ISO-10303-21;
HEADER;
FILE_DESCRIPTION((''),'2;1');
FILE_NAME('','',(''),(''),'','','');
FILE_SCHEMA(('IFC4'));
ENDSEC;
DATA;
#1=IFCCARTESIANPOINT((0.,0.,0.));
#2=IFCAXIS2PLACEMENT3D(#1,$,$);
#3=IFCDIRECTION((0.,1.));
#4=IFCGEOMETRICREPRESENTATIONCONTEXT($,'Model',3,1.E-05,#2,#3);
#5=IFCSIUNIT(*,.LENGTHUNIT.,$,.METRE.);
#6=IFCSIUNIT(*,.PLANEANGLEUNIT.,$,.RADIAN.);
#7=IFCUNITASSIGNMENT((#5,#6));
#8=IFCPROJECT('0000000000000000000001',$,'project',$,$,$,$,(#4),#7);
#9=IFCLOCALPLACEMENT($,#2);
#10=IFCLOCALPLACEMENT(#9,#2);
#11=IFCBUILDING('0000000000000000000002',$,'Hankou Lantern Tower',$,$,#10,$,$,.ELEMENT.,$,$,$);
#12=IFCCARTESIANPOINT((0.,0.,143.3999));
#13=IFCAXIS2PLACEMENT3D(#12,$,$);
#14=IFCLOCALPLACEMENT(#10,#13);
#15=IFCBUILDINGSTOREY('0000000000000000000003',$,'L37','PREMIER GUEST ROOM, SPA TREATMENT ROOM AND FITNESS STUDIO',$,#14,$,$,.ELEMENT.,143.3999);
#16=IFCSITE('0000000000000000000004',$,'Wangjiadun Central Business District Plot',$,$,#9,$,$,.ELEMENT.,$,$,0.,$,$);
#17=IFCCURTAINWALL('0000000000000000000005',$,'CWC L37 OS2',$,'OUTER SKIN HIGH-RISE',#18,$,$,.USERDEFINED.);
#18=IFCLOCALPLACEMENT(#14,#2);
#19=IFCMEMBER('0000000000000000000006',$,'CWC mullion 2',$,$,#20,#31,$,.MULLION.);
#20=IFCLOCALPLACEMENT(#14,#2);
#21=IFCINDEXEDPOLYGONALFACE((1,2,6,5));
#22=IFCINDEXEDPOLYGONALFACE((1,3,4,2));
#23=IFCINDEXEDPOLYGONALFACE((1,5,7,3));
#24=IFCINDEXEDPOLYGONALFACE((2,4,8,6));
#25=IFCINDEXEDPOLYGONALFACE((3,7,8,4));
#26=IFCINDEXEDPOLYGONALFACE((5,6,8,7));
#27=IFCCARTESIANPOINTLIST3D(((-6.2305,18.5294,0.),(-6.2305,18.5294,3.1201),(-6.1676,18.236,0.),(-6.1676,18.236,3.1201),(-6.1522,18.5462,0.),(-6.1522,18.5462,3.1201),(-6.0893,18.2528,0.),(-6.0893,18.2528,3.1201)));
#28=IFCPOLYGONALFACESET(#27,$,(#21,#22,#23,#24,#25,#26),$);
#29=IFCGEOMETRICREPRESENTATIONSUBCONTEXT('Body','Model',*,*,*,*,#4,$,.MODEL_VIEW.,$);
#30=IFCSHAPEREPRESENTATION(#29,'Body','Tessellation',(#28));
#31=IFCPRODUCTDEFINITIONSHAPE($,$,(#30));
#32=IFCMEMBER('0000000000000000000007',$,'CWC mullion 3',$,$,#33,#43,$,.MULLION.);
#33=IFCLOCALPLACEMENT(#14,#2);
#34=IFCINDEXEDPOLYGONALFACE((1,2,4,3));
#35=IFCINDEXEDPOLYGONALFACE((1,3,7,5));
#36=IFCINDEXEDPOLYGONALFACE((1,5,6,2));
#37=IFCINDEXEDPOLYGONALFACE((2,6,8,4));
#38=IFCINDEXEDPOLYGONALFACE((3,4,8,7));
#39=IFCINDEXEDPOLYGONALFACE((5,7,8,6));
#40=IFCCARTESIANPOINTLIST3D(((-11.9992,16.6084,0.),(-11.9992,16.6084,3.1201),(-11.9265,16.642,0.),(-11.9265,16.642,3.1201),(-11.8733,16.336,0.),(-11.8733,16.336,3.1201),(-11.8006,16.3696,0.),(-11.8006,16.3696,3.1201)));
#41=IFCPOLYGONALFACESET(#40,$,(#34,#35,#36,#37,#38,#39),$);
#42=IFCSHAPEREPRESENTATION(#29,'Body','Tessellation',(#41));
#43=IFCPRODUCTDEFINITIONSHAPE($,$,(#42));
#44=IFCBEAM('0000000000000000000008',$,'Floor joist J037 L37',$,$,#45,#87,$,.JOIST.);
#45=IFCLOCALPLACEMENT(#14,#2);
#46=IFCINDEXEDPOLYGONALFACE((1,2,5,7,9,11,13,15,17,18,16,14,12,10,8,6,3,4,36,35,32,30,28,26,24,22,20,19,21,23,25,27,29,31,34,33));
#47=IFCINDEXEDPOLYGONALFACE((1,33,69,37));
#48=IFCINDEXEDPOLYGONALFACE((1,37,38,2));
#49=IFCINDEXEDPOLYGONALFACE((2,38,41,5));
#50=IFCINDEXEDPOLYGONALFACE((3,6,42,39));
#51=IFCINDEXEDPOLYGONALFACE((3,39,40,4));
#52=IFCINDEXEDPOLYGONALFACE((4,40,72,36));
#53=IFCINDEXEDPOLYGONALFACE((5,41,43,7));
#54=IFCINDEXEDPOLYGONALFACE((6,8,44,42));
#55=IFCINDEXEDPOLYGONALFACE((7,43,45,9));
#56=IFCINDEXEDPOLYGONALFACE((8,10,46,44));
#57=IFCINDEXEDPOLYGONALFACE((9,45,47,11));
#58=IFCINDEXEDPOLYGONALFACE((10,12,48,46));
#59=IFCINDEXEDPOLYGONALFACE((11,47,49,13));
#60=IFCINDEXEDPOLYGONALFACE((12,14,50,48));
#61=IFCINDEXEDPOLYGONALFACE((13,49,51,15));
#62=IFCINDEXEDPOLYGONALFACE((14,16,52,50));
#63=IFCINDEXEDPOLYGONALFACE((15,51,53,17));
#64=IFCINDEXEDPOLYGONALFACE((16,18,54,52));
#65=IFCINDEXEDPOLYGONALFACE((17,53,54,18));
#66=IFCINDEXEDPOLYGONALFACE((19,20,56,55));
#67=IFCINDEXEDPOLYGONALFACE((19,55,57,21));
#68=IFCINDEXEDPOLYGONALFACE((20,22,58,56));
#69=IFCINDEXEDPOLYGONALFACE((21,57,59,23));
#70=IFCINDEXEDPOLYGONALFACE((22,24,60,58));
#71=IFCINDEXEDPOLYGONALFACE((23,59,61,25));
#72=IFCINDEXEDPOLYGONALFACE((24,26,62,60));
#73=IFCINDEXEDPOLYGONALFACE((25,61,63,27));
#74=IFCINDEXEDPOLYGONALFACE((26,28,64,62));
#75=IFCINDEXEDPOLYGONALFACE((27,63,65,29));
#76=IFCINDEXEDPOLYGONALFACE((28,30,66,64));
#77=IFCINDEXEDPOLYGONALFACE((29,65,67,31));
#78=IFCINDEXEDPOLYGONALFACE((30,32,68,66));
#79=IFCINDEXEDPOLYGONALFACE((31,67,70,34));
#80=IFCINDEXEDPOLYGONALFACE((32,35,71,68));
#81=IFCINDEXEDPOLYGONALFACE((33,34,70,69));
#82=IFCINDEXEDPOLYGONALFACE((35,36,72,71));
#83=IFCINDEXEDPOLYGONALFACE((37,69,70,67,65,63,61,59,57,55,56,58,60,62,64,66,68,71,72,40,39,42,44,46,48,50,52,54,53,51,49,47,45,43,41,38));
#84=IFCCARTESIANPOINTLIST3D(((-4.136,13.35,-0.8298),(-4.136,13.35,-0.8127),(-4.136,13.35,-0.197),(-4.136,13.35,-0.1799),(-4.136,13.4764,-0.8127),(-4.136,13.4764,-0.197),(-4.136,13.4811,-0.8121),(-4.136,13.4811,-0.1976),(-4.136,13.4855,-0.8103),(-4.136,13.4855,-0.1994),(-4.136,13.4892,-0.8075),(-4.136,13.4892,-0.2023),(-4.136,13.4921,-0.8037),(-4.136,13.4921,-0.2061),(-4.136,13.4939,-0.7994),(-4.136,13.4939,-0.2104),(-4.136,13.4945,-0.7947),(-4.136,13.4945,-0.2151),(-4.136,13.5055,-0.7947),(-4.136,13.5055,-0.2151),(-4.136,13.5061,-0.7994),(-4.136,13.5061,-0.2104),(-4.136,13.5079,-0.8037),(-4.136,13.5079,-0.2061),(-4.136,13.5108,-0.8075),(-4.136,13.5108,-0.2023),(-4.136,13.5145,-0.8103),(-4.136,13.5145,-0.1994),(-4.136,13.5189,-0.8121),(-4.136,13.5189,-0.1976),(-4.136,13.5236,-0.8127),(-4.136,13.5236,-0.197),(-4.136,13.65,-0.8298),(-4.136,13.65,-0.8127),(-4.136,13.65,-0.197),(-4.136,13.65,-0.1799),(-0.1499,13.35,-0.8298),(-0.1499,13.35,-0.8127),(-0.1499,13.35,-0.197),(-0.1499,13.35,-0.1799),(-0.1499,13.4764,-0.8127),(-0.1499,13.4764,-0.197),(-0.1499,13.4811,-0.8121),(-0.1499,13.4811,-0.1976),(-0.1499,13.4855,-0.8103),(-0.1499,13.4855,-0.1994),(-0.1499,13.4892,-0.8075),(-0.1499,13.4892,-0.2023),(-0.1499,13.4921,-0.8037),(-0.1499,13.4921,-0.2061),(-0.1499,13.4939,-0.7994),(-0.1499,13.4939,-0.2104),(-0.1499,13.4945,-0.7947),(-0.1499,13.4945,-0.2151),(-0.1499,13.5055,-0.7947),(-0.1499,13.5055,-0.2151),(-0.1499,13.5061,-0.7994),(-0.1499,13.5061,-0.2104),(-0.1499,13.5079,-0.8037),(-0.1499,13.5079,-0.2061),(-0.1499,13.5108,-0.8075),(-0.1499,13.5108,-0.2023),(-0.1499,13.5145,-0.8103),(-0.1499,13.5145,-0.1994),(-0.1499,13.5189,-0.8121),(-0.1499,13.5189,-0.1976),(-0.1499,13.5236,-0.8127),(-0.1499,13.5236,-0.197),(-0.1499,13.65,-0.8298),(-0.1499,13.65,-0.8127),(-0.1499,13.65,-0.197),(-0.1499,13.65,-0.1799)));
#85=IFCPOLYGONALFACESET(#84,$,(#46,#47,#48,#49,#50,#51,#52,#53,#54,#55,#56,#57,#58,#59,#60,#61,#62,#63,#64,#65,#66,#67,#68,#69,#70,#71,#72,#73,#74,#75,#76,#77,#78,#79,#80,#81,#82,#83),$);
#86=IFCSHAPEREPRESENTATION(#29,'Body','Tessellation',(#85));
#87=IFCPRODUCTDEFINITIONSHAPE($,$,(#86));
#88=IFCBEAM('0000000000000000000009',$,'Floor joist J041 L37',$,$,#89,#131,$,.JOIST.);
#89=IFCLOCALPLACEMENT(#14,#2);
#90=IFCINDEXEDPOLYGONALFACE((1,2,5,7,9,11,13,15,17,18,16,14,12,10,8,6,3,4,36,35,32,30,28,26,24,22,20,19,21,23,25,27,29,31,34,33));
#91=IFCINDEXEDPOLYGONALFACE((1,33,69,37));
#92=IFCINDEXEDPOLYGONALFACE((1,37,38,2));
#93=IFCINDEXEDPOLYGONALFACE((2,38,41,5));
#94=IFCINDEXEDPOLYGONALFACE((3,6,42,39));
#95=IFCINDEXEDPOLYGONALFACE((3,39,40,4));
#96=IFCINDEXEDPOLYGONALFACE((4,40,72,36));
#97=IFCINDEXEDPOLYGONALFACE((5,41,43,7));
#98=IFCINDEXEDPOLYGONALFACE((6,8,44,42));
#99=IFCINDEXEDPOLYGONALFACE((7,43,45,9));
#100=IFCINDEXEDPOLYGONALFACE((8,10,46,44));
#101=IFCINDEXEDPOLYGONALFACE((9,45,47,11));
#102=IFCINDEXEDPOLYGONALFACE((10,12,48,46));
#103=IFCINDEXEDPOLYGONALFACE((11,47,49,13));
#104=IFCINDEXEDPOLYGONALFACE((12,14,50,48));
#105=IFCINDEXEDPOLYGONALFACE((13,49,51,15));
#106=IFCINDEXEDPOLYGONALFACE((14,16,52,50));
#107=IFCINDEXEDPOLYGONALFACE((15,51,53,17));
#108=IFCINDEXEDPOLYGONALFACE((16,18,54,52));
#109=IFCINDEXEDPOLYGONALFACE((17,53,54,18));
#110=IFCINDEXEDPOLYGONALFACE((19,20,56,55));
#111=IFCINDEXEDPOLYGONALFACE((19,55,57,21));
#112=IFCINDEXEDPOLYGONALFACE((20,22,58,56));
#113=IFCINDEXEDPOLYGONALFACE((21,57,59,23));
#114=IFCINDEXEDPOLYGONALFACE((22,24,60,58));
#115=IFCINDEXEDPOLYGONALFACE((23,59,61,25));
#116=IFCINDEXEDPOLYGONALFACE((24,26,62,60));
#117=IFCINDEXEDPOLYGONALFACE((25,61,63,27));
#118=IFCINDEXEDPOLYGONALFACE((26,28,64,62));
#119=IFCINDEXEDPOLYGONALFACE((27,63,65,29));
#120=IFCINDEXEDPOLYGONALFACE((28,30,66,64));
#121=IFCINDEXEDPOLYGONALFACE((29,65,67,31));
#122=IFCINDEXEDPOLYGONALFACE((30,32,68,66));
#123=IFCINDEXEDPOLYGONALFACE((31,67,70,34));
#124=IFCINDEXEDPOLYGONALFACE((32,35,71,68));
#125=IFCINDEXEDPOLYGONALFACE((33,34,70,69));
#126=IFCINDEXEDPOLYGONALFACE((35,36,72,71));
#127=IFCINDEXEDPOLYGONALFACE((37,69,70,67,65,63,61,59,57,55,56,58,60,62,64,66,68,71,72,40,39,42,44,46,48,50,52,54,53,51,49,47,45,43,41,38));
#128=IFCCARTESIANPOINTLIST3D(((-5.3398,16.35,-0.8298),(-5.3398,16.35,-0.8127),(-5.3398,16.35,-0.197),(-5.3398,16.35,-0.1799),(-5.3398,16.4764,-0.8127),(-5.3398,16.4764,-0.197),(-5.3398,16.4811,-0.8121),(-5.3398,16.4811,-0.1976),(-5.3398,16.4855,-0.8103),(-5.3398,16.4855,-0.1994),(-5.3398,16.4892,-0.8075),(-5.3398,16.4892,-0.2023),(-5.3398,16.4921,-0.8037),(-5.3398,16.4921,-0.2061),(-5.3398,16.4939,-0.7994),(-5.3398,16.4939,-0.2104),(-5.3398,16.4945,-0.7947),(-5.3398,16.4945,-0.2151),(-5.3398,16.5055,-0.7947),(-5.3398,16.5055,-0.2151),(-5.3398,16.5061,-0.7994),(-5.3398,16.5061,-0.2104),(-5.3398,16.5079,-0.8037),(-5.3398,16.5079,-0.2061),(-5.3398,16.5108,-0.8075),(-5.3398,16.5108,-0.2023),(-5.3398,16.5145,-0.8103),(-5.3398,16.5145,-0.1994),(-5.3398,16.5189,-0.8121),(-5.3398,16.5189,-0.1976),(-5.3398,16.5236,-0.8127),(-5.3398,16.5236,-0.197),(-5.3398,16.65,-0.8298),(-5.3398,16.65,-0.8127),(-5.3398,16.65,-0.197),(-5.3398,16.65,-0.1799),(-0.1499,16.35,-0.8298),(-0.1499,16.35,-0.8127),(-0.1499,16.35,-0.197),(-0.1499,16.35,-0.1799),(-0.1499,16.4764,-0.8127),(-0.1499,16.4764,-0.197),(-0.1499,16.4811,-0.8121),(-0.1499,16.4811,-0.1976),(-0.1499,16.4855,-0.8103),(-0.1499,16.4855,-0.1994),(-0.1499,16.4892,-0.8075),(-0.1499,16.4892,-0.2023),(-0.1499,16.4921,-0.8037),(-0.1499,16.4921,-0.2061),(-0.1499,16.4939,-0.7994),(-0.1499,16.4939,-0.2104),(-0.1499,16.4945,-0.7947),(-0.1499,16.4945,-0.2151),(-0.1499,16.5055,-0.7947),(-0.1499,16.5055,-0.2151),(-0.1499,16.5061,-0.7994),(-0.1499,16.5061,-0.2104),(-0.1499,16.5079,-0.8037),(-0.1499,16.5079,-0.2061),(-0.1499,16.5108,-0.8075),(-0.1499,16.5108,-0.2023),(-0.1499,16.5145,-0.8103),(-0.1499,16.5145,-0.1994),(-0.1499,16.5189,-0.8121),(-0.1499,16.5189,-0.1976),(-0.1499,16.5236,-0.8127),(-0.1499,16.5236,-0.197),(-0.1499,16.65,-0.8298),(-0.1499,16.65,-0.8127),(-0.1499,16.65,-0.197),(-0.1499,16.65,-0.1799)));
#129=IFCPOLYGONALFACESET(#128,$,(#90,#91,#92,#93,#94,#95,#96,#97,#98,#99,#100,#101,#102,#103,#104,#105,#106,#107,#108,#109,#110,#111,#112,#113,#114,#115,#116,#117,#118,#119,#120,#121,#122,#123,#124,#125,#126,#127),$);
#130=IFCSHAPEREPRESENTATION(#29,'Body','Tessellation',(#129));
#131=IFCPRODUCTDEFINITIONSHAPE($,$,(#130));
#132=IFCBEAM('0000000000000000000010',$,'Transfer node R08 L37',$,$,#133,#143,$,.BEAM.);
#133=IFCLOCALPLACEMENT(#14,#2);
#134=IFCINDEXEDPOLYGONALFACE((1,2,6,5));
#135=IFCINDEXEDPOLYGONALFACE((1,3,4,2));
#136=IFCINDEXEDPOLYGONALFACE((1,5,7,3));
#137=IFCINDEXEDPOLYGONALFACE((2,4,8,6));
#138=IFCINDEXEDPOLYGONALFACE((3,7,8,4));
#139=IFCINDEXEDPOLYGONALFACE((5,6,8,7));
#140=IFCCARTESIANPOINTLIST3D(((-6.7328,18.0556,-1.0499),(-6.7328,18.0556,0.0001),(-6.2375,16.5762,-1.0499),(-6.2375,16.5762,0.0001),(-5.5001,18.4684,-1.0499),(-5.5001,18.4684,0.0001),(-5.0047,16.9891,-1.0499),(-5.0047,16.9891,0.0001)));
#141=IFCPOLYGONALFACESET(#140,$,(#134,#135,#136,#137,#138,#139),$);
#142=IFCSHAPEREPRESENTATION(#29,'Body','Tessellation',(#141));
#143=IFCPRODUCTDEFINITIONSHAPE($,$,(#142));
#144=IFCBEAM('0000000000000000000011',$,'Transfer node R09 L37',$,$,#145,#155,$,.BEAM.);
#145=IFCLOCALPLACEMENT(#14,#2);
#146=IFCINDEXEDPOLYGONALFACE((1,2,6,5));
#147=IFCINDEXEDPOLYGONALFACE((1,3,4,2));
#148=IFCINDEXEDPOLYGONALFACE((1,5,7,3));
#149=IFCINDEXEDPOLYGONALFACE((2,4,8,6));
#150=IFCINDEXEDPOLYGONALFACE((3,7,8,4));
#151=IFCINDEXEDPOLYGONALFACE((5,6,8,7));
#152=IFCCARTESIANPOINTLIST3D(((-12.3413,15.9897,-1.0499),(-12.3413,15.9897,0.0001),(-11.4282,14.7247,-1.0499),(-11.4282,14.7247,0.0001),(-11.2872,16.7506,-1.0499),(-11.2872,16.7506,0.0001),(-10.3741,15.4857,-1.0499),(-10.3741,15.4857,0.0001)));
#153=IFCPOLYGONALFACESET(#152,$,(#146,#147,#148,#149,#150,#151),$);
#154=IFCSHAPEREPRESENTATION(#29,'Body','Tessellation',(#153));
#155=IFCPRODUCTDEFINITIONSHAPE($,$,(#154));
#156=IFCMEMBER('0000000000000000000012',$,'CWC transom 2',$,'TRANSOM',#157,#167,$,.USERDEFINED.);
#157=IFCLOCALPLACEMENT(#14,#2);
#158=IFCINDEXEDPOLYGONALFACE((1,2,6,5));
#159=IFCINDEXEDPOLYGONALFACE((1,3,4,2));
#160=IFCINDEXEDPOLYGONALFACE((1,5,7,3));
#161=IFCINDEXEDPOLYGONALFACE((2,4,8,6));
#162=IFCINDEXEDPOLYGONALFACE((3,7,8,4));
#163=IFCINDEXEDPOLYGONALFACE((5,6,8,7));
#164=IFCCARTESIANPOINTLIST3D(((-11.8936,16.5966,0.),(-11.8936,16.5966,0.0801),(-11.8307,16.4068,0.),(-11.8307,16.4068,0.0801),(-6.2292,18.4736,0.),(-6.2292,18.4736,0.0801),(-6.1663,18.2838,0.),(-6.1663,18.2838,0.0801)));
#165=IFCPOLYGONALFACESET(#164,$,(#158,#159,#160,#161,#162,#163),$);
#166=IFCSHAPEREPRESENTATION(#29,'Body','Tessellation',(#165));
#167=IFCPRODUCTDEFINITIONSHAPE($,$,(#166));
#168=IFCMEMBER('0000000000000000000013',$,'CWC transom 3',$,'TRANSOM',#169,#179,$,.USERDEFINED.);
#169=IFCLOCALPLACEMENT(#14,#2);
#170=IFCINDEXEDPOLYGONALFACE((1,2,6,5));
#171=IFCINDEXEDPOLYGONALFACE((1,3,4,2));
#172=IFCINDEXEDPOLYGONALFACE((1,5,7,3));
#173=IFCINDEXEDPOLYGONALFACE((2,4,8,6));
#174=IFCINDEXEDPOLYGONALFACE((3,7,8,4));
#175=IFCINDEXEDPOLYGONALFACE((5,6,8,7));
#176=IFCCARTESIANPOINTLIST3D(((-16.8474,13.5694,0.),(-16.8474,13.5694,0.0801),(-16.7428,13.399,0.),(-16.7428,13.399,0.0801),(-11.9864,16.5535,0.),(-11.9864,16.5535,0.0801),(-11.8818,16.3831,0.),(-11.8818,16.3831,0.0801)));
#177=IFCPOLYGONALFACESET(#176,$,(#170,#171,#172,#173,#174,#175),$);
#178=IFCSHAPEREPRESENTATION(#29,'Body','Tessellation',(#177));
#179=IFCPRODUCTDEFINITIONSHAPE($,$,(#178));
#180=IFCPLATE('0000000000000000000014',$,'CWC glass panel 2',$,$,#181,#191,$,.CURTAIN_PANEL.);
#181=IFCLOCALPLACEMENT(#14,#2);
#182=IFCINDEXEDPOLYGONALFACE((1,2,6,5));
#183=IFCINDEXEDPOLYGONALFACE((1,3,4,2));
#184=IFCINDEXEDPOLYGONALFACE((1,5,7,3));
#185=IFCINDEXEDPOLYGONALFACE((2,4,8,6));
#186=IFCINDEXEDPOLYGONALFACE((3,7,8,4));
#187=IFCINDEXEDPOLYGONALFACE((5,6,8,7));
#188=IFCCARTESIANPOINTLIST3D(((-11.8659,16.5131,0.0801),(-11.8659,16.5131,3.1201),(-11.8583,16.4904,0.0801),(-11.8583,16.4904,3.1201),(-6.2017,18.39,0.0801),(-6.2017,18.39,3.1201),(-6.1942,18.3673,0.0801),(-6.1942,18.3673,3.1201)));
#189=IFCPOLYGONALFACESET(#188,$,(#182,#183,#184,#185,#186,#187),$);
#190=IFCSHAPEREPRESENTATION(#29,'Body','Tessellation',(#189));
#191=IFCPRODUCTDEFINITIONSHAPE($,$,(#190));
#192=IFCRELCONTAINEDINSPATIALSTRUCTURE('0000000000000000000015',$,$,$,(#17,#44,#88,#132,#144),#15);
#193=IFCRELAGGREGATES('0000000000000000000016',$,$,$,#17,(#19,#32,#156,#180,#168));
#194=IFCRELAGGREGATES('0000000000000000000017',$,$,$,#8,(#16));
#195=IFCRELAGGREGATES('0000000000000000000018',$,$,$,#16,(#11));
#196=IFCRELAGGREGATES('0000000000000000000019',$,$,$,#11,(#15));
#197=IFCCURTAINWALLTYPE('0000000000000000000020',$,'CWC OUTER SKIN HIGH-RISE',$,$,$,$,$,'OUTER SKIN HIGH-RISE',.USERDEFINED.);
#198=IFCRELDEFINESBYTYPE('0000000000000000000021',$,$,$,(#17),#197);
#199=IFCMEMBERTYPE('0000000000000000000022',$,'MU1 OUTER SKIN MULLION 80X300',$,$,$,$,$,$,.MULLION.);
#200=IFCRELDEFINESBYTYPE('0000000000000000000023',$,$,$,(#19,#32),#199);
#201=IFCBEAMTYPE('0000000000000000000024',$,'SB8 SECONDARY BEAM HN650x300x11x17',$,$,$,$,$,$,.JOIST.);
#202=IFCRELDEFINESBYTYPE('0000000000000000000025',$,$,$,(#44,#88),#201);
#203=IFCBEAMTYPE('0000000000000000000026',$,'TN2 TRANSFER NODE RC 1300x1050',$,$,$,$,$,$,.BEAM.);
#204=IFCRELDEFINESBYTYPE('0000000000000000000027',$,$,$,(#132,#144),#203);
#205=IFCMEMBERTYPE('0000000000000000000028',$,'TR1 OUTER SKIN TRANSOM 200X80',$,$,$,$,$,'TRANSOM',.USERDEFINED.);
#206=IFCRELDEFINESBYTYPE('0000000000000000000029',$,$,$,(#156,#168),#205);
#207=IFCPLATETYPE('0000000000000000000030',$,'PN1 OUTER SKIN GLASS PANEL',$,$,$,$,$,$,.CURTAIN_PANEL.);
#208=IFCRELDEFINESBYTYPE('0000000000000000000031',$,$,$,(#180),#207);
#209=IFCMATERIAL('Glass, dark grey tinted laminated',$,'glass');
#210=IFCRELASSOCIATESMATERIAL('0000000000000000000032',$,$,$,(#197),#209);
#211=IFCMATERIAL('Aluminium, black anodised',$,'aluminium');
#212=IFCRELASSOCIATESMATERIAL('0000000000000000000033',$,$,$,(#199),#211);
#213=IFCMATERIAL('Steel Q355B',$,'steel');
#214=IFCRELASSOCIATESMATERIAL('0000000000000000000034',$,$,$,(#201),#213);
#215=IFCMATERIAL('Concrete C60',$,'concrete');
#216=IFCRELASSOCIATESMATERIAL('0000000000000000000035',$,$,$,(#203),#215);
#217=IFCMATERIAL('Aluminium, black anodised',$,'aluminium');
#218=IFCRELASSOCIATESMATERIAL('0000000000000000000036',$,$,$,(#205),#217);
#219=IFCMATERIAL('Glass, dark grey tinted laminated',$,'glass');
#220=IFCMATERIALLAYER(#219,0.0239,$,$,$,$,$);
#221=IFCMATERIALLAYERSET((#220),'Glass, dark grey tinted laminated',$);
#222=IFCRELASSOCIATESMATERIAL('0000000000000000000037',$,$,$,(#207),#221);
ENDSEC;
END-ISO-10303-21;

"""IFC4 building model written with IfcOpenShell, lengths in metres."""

from ifc_helpers import new_model, si_unit, direction, frame, origin, origin_2d, place, context, subcontext, project, spatial, rectangle, i_section, extrude, material, layer, layer_set, material_profile, profile_set, type_object, element, aggregate, save


model = new_model("IFC4")

# Units and contexts
model_context = context("Model", 3, precision=1e-05, world=origin(), true_north=direction((0.0, 1.0)))
body_context = subcontext(model_context, "Body", "Model", "MODEL_VIEW")
ifc_project = project(units=[si_unit("LENGTHUNIT", "METRE"), si_unit("PLANEANGLEUNIT", "RADIAN")], contexts=[model_context])

# Site, building, storey
site_placement = place(None, origin())
site = spatial("IfcSite", under=ifc_project, at=site_placement, Name="Wangjiadun Central Business District Plot", CompositionType="ELEMENT", RefElevation=0.0)
building_placement = place(site_placement, origin())
building = spatial("IfcBuilding", under=site, at=building_placement, Name="Hankou Lantern Tower", CompositionType="ELEMENT")
storey_placement = place(building_placement, frame((0.0, 0.0, 143.3999)))
storey = spatial("IfcBuildingStorey", under=building, at=storey_placement, Name="L37", Description="PREMIER GUEST ROOM, SPA TREATMENT ROOM AND FITNESS STUDIO", CompositionType="ELEMENT", Elevation=143.3999)

# Curtain wall, members
ifc_material_1 = material(Name="Glass, dark grey tinted laminated", Category="glass")
curtain_wall_type = type_object("IfcCurtainWallType", Name="CWC OUTER SKIN HIGH-RISE", ElementType="OUTER SKIN HIGH-RISE", PredefinedType="USERDEFINED", material=ifc_material_1)
curtain_wall_placement = place(storey_placement, origin())
curtain_wall = element("IfcCurtainWall", 1, at=curtain_wall_placement, inside=storey, type_object=curtain_wall_type, Name="CWC L37 OS2", ObjectType="OUTER SKIN HIGH-RISE", PredefinedType="USERDEFINED")
ifc_material_2 = material(Name="Aluminium, black anodised", Category="aluminium")
ifc_material_profile_1 = material_profile(ifc_material_2, rectangle(XDim=0.0801, YDim=0.3, at=origin_2d()), Name="MU1 80X300")
ifc_profile_set_1 = profile_set([ifc_material_profile_1], Name="Aluminium, black anodised")
member_type_1 = type_object("IfcMemberType", Name="MU1 OUTER SKIN MULLION 80X300", PredefinedType="MULLION", material=ifc_profile_set_1)
member_1_placement = place(storey_placement, frame((-6.1599, 18.3911, 0.0), z_axis=(0.0, 0.0, 1.0), x_axis=(-0.977788, -0.209598, 0.0)))
member_1 = element("IfcMember", 2, at=member_1_placement, type_object=member_type_1, Name="CWC mullion 2", PredefinedType="MULLION", context=body_context, shape_type="SweptSolid", body=[
    extrude(rectangle(XDim=0.0801, YDim=0.3, at=origin_2d()), origin(), (0.0, 0.0, 1.0), 3.1201),
])
member_2_placement = place(storey_placement, frame((-11.8999, 16.489, 0.0), z_axis=(0.0, 0.0, 1.0), x_axis=(-0.907841, -0.419314, 0.0)))
member_2 = element("IfcMember", 3, at=member_2_placement, type_object=member_type_1, Name="CWC mullion 3", PredefinedType="MULLION", context=body_context, shape_type="SweptSolid", body=[
    extrude(rectangle(XDim=0.0801, YDim=0.3, at=origin_2d()), origin(), (0.0, 0.0, 1.0), 3.1201),
])

# Beams
ifc_material_3 = material(Name="Steel Q355B", Category="steel")
ifc_material_profile_2 = material_profile(ifc_material_3, i_section(OverallWidth=0.3, OverallDepth=0.6499, WebThickness=0.011, FlangeThickness=0.0171, FilletRadius=0.0181, at=origin_2d()), Name="HN650x300x11x17")
ifc_profile_set_2 = profile_set([ifc_material_profile_2], Name="Steel Q355B")
beam_type_1 = type_object("IfcBeamType", Name="SB8 SECONDARY BEAM HN650x300x11x17", PredefinedType="JOIST", material=ifc_profile_set_2)
beam_1_placement = place(storey_placement, frame((-4.136, 13.5, -0.5049), z_axis=(1.0, 0.0, 0.0), x_axis=(0.0, 1.0, 0.0)))
element("IfcBeam", 4, at=beam_1_placement, inside=storey, type_object=beam_type_1, Name="Floor joist J037 L37", PredefinedType="JOIST", context=body_context, shape_type="SweptSolid", body=[
    extrude(i_section(OverallWidth=0.3, OverallDepth=0.6499, WebThickness=0.011, FlangeThickness=0.0171, FilletRadius=0.0181, at=origin_2d()), origin(), (0.0, 0.0, 1.0), 3.9861),
])
beam_2_placement = place(storey_placement, frame((-5.3398, 16.5, -0.5049), z_axis=(1.0, 0.0, 0.0), x_axis=(0.0, 1.0, 0.0)))
element("IfcBeam", 5, at=beam_2_placement, inside=storey, type_object=beam_type_1, Name="Floor joist J041 L37", PredefinedType="JOIST", context=body_context, shape_type="SweptSolid", body=[
    extrude(i_section(OverallWidth=0.3, OverallDepth=0.6499, WebThickness=0.011, FlangeThickness=0.0171, FilletRadius=0.0181, at=origin_2d()), origin(), (0.0, 0.0, 1.0), 5.1899),
])
ifc_material_4 = material(Name="Concrete C60", Category="concrete")
ifc_material_profile_3 = material_profile(ifc_material_4, rectangle(XDim=1.3, YDim=1.05, at=origin_2d()), Name="RC 1300x1050")
ifc_profile_set_3 = profile_set([ifc_material_profile_3], Name="Concrete C60")
beam_type_2 = type_object("IfcBeamType", Name="TN2 TRANSFER NODE RC 1300x1050", PredefinedType="BEAM", material=ifc_profile_set_3)
for number, where, z_axis, x_axis, name in (
    (6, (-6.1165, 18.262, -0.5249), (0.317542, -0.948244, 0.0), (0.948244, 0.317542, 0.0), "Transfer node R08 L37"),
    (7, (-11.8142, 16.3701, -0.5249), (0.585302, -0.810815, 0.0), (0.810815, 0.585302, 0.0), "Transfer node R09 L37"),
):
    element("IfcBeam", number, at=place(storey_placement, frame(where, z_axis=z_axis, x_axis=x_axis)), inside=storey, type_object=beam_type_2, Name=name, PredefinedType="BEAM", context=body_context, shape_type="SweptSolid", body=[
        extrude(rectangle(XDim=1.3, YDim=1.05, at=origin_2d()), origin(), (0.0, 0.0, 1.0), 1.5601),
    ])

# Members
ifc_material_5 = material(Name="Aluminium, black anodised", Category="aluminium")
ifc_material_profile_4 = material_profile(ifc_material_5, rectangle(XDim=0.2, YDim=0.0801, at=origin_2d()), Name="TR1 200X80")
ifc_profile_set_4 = profile_set([ifc_material_profile_4], Name="Aluminium, black anodised")
member_type_2 = type_object("IfcMemberType", Name="TR1 OUTER SKIN TRANSOM 200X80", ElementType="TRANSOM", PredefinedType="USERDEFINED", material=ifc_profile_set_4)
member_3_placement = place(storey_placement, frame((-6.1978, 18.3787, 0.04), z_axis=(-0.949242, -0.314546, 0.0), x_axis=(0.314546, -0.949242, 0.0)))
member_3 = element("IfcMember", 8, at=member_3_placement, type_object=member_type_2, Name="CWC transom 2", ObjectType="TRANSOM", PredefinedType="USERDEFINED", context=body_context, shape_type="SweptSolid", body=[
    extrude(rectangle(XDim=0.2, YDim=0.0801, at=origin_2d()), origin(), (0.0, 0.0, 1.0), 5.9673),
])
member_4_placement = place(storey_placement, frame((-11.9341, 16.4683, 0.04), z_axis=(-0.852229, -0.523168, 0.0), x_axis=(0.523168, -0.852229, 0.0)))
member_4 = element("IfcMember", 9, at=member_4_placement, type_object=member_type_2, Name="CWC transom 3", ObjectType="TRANSOM", PredefinedType="USERDEFINED", context=body_context, shape_type="SweptSolid", body=[
    extrude(rectangle(XDim=0.2, YDim=0.0801, at=origin_2d()), origin(), (0.0, 0.0, 1.0), 5.7039),
])

# Plate
ifc_material_6 = material(Name="Glass, dark grey tinted laminated", Category="glass")
ifc_layer_1 = layer(ifc_material_6, 0.0239)
ifc_layer_set_1 = layer_set([ifc_layer_1], Name="Glass, dark grey tinted laminated")
plate_type = type_object("IfcPlateType", Name="PN1 OUTER SKIN GLASS PANEL", PredefinedType="CURTAIN_PANEL", material=ifc_layer_set_1)
plate_placement = place(storey_placement, frame((-9.03, 17.4402, 0.0801), z_axis=(0.0, 0.0, 1.0), x_axis=(-0.949241, -0.314551, 0.0)))
plate = element("IfcPlate", 10, at=plate_placement, type_object=plate_type, Name="CWC glass panel 2", PredefinedType="CURTAIN_PANEL", context=body_context, shape_type="SweptSolid", body=[
    extrude(rectangle(XDim=5.967, YDim=0.0239, at=origin_2d()), origin(), (0.0, 0.0, 1.0), 3.04),
])
aggregate(curtain_wall, [member_1, member_2, member_3, plate, member_4])

save(model, "model.ifc")
